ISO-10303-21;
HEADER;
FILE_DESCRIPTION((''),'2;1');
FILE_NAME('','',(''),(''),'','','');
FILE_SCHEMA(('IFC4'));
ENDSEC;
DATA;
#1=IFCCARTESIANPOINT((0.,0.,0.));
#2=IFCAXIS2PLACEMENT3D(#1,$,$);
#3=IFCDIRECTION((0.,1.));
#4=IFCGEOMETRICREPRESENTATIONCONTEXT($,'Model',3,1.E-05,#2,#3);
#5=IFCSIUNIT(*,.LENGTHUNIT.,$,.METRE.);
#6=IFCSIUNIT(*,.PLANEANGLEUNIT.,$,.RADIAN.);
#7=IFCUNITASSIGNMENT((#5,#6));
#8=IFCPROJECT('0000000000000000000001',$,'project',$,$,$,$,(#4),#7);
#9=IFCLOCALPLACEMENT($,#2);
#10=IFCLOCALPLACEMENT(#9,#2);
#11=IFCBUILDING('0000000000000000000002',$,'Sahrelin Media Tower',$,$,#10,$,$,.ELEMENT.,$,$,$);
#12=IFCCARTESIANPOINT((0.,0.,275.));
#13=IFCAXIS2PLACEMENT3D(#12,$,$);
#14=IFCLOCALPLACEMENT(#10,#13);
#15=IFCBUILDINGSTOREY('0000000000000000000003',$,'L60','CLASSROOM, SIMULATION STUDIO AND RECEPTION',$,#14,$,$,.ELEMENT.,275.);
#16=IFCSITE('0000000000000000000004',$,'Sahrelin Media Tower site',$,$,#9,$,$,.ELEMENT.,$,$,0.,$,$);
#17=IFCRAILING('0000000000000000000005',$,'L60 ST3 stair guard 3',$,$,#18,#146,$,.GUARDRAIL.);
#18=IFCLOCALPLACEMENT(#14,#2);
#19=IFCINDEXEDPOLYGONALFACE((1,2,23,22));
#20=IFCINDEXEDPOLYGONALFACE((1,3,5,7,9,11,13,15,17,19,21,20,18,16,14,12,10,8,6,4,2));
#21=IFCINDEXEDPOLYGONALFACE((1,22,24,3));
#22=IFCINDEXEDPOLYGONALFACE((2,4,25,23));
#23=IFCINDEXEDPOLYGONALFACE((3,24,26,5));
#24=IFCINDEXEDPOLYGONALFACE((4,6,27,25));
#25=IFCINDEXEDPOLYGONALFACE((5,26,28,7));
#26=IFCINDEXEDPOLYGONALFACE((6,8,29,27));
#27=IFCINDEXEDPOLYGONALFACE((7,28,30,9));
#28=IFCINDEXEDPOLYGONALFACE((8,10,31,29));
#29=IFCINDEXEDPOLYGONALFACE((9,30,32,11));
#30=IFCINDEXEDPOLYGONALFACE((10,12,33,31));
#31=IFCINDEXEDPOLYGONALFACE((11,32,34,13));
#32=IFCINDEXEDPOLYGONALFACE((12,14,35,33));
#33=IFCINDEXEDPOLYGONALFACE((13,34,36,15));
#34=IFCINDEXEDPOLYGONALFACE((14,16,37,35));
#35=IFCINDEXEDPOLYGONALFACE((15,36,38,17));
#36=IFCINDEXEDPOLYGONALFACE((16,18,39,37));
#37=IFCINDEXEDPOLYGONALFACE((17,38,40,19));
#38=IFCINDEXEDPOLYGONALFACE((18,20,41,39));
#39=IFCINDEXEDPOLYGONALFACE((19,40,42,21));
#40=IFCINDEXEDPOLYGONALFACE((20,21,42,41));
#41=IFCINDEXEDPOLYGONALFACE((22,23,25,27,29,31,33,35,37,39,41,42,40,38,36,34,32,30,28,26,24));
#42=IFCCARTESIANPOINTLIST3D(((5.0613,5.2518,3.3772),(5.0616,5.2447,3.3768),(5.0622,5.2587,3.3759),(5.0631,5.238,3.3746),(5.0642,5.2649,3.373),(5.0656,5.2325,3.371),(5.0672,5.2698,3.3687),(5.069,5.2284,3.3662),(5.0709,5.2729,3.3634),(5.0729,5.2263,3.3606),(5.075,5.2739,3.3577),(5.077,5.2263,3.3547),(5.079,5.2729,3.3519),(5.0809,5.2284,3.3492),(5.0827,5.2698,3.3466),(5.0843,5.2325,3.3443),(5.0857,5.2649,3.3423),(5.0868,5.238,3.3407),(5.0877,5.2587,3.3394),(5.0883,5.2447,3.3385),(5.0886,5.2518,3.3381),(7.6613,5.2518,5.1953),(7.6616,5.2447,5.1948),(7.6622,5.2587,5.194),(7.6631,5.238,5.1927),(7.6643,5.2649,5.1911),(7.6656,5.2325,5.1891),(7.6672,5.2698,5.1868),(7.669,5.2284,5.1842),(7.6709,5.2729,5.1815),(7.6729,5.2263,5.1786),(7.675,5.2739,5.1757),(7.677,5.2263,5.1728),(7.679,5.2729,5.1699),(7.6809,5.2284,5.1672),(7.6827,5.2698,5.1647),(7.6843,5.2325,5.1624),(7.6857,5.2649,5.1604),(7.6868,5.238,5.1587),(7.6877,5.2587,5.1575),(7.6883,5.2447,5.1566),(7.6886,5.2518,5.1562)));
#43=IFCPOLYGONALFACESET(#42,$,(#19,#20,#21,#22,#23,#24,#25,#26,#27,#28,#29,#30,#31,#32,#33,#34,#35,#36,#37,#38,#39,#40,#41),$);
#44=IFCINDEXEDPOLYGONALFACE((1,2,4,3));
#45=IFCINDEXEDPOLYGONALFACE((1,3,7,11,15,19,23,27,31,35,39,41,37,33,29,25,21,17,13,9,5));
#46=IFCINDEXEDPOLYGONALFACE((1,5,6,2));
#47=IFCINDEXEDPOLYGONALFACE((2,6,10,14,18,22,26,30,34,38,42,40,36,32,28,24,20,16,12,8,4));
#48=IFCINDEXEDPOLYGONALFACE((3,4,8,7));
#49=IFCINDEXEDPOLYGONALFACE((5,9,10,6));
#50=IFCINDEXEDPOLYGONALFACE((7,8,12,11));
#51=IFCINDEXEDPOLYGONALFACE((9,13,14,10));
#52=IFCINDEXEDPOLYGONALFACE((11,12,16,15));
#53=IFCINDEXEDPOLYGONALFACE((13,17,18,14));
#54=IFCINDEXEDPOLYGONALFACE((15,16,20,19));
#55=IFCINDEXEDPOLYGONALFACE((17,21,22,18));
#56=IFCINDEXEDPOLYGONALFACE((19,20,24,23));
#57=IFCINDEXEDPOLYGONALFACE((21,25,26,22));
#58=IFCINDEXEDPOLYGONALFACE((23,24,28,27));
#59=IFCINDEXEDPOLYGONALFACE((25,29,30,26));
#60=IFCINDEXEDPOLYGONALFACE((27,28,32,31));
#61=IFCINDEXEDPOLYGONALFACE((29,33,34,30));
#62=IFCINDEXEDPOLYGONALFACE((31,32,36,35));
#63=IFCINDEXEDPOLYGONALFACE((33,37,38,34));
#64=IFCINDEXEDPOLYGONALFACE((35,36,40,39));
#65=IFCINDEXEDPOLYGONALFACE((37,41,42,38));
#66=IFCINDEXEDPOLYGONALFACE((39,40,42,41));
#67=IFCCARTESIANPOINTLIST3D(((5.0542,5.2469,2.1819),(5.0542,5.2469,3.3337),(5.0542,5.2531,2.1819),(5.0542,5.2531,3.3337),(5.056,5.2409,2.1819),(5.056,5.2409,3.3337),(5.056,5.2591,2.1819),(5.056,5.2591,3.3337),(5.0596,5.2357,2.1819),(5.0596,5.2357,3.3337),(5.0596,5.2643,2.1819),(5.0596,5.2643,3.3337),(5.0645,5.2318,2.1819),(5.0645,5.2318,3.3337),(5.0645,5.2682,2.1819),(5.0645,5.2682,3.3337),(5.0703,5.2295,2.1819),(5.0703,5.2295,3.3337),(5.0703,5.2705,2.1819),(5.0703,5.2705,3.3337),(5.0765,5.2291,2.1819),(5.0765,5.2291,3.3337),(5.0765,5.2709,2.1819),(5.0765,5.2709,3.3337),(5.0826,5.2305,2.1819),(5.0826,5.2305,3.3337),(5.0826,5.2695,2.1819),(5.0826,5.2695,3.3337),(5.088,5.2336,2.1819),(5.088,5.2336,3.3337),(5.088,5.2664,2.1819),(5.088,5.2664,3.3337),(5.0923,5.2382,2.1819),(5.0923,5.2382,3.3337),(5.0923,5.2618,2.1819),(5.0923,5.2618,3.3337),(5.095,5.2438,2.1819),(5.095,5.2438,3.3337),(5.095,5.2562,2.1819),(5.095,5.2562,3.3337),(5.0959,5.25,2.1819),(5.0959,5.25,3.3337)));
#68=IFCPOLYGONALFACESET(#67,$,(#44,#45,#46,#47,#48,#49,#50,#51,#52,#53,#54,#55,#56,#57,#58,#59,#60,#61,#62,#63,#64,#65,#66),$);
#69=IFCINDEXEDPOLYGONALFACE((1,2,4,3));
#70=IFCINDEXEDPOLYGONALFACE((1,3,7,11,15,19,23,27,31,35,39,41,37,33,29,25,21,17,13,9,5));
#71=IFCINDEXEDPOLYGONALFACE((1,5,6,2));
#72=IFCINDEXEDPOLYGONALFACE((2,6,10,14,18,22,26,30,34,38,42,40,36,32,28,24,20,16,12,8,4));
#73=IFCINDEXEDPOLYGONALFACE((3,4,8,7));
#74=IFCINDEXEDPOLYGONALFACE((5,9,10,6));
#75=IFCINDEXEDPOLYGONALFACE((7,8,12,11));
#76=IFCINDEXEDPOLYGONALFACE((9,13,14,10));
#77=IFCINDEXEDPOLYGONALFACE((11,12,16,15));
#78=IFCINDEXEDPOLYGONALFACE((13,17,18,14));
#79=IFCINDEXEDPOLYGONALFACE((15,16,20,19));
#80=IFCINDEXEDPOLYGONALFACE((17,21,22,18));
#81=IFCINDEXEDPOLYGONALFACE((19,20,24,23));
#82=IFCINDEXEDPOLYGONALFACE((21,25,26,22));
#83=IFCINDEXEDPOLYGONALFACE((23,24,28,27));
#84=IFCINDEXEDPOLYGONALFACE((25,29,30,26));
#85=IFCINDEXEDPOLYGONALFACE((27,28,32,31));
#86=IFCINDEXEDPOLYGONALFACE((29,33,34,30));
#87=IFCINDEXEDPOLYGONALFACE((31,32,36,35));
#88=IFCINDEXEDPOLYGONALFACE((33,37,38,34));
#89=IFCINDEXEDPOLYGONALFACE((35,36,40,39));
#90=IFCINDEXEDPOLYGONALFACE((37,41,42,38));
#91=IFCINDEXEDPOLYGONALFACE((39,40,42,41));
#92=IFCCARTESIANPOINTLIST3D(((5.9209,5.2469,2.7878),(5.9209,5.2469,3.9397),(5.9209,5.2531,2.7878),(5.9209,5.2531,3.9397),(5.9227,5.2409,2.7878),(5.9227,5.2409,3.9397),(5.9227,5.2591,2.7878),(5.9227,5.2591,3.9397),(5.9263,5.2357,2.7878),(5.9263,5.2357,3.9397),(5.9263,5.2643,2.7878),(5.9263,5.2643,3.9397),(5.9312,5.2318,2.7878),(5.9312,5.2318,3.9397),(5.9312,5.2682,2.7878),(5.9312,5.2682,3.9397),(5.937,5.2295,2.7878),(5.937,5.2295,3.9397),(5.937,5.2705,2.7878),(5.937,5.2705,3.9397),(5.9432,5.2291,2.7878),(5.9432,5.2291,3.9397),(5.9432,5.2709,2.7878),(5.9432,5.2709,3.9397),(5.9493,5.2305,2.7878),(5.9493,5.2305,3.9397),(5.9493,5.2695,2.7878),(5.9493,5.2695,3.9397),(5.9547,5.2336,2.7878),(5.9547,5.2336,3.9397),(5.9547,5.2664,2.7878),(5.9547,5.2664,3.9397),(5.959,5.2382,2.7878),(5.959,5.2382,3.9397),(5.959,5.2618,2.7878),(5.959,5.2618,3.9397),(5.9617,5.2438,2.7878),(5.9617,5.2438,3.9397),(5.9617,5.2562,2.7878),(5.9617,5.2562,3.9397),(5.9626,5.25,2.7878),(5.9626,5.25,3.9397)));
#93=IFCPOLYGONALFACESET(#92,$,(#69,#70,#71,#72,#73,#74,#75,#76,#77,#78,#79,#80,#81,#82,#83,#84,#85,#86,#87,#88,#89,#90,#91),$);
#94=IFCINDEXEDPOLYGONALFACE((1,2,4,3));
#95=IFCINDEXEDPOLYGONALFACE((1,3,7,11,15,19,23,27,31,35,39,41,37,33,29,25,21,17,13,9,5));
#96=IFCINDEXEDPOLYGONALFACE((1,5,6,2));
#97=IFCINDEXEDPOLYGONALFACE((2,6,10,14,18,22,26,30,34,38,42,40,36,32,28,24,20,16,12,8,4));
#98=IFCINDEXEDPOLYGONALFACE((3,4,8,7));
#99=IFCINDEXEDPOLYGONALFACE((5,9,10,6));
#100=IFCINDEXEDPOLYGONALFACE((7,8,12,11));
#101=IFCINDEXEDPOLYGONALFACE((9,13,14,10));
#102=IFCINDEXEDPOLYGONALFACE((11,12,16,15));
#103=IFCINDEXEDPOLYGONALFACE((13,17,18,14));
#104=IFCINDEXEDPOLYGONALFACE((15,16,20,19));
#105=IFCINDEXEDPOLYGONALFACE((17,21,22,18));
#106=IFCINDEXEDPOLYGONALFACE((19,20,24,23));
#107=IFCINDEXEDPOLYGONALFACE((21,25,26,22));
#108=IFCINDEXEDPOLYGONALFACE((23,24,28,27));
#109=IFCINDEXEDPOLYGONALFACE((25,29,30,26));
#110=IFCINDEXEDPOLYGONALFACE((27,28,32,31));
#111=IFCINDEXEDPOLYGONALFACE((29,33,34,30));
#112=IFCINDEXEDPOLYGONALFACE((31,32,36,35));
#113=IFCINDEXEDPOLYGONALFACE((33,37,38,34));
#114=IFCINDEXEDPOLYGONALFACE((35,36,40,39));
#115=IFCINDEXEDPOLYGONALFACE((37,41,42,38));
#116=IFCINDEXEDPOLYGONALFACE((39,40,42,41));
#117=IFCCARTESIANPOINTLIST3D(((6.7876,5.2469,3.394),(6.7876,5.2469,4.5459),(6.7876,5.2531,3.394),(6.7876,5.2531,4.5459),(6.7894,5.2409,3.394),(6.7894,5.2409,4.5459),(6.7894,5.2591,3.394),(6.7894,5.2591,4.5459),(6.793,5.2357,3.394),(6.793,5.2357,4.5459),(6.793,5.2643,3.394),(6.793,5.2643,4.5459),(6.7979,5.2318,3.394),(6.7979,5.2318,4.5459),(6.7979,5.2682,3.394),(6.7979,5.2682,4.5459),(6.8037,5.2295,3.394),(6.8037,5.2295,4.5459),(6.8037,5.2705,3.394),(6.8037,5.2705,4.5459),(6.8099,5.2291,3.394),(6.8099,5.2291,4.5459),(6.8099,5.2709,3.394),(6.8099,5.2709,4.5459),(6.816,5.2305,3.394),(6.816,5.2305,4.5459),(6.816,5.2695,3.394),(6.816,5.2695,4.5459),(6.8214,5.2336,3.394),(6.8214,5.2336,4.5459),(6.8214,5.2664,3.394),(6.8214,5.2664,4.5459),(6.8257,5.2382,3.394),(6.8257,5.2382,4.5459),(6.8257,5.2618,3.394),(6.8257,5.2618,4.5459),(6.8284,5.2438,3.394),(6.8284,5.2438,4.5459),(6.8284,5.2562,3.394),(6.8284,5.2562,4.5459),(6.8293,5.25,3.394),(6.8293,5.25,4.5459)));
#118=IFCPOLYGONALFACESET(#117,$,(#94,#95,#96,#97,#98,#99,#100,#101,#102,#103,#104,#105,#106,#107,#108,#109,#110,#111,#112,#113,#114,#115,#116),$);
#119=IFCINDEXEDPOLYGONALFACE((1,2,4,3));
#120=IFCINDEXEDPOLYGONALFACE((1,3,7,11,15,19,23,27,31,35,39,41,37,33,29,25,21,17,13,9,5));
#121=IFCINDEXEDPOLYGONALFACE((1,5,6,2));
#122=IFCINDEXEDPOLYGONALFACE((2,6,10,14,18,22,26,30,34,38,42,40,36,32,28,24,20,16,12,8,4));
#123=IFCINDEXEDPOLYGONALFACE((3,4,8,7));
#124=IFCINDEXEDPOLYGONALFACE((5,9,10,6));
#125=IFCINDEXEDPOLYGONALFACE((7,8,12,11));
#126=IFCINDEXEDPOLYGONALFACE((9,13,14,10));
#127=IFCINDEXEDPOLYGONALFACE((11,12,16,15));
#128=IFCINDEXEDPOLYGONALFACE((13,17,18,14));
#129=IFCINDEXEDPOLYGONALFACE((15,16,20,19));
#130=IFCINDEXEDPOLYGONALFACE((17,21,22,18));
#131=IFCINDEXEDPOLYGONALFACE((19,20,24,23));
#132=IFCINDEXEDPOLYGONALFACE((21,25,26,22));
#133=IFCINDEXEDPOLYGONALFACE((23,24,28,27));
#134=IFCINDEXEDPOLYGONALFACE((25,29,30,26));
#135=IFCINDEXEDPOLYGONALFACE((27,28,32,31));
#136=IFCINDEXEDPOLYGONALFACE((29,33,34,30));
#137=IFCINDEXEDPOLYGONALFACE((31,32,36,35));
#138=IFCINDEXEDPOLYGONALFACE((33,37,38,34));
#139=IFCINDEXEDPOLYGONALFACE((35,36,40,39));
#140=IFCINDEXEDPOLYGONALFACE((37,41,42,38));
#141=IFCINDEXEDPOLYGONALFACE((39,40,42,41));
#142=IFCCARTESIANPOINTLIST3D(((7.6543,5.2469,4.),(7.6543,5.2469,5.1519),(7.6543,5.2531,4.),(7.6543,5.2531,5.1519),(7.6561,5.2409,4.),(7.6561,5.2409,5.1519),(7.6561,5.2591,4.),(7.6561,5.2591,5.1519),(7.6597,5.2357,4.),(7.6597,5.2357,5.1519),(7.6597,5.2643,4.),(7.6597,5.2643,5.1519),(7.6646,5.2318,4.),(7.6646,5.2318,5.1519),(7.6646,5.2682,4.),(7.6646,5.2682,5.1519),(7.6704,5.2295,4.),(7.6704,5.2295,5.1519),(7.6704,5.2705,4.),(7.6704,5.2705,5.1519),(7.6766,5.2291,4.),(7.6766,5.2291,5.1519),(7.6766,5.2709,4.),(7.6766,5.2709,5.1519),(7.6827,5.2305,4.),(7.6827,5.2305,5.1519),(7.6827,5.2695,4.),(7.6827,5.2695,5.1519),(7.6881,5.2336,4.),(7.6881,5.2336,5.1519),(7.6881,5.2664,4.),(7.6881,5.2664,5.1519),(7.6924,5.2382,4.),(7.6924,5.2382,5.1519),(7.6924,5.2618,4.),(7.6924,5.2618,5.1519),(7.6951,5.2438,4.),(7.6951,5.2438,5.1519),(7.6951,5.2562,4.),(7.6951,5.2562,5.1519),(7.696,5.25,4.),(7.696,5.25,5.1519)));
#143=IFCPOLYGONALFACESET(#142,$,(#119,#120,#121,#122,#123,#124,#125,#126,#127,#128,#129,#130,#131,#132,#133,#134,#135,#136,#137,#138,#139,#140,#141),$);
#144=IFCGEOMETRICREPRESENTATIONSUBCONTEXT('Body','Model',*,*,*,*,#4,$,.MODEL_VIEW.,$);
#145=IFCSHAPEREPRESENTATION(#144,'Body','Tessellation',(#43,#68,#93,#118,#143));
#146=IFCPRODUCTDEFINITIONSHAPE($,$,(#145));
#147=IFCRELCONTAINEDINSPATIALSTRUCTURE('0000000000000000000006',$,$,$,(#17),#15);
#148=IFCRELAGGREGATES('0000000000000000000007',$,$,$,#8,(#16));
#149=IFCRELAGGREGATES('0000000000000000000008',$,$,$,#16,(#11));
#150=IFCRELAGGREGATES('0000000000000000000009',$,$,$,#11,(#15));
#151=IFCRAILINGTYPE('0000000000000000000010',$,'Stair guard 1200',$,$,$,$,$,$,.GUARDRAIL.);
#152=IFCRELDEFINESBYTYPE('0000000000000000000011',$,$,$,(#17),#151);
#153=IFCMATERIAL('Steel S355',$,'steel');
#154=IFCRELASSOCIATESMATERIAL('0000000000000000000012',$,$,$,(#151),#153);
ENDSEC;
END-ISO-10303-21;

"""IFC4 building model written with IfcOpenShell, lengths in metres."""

from ifc_helpers import new_model, si_unit, direction, frame, origin, origin_2d, place, context, subcontext, project, spatial, circle, extrude, material, type_object, element, save


model = new_model("IFC4")

# Units and contexts
model_context = context("Model", 3, precision=1e-05, world=origin(), true_north=direction((0.0, 1.0)))
body_context = subcontext(model_context, "Body", "Model", "MODEL_VIEW")
ifc_project = project(units=[si_unit("LENGTHUNIT", "METRE"), si_unit("PLANEANGLEUNIT", "RADIAN")], contexts=[model_context])

# Site, building, storey
site_placement = place(None, origin())
site = spatial("IfcSite", under=ifc_project, at=site_placement, Name="Sahrelin Media Tower site", CompositionType="ELEMENT", RefElevation=0.0)
building_placement = place(site_placement, origin())
building = spatial("IfcBuilding", under=site, at=building_placement, Name="Sahrelin Media Tower", CompositionType="ELEMENT")
storey_placement = place(building_placement, frame((0.0, 0.0, 275.0)))
storey = spatial("IfcBuildingStorey", under=building, at=storey_placement, Name="L60", Description="CLASSROOM, SIMULATION STUDIO AND RECEPTION", CompositionType="ELEMENT", Elevation=275.0)

# Shared definitions
ifc_material_1 = material(Name="Steel S355", Category="steel")

# Railing
railing_type_1 = type_object("IfcRailingType", Name="Stair guard 1200", PredefinedType="GUARDRAIL", material=ifc_material_1)
railing_1_placement = place(storey_placement, frame((5.075, 5.25, 2.1819)))
element("IfcRailing", 1, at=railing_1_placement, inside=storey, type_object=railing_type_1, Name="L60 ST3 stair guard 3", PredefinedType="GUARDRAIL", context=body_context, shape_type="SweptSolid", body=[
    extrude(circle(Radius=0.0239, at=origin_2d()), frame((0.0, 0.0, 1.1758), z_axis=(0.819521, 0.0, 0.573049), x_axis=(0.0, 1.0, 0.0)), (0.0, 0.0, 1.0), 3.1726),
    extrude(circle(Radius=0.021, at=origin_2d()), origin(), (0.0, 0.0, 1.0), 1.1519),
    extrude(circle(Radius=0.021, at=origin_2d()), frame((0.8667, 0.0, 0.606)), (0.0, 0.0, 1.0), 1.1519),
    extrude(circle(Radius=0.021, at=origin_2d()), frame((1.7334, 0.0, 1.2122)), (0.0, 0.0, 1.0), 1.1519),
    extrude(circle(Radius=0.021, at=origin_2d()), frame((2.6001, 0.0, 1.8181)), (0.0, 0.0, 1.0), 1.1519),
])

save(model, "model.ifc")
